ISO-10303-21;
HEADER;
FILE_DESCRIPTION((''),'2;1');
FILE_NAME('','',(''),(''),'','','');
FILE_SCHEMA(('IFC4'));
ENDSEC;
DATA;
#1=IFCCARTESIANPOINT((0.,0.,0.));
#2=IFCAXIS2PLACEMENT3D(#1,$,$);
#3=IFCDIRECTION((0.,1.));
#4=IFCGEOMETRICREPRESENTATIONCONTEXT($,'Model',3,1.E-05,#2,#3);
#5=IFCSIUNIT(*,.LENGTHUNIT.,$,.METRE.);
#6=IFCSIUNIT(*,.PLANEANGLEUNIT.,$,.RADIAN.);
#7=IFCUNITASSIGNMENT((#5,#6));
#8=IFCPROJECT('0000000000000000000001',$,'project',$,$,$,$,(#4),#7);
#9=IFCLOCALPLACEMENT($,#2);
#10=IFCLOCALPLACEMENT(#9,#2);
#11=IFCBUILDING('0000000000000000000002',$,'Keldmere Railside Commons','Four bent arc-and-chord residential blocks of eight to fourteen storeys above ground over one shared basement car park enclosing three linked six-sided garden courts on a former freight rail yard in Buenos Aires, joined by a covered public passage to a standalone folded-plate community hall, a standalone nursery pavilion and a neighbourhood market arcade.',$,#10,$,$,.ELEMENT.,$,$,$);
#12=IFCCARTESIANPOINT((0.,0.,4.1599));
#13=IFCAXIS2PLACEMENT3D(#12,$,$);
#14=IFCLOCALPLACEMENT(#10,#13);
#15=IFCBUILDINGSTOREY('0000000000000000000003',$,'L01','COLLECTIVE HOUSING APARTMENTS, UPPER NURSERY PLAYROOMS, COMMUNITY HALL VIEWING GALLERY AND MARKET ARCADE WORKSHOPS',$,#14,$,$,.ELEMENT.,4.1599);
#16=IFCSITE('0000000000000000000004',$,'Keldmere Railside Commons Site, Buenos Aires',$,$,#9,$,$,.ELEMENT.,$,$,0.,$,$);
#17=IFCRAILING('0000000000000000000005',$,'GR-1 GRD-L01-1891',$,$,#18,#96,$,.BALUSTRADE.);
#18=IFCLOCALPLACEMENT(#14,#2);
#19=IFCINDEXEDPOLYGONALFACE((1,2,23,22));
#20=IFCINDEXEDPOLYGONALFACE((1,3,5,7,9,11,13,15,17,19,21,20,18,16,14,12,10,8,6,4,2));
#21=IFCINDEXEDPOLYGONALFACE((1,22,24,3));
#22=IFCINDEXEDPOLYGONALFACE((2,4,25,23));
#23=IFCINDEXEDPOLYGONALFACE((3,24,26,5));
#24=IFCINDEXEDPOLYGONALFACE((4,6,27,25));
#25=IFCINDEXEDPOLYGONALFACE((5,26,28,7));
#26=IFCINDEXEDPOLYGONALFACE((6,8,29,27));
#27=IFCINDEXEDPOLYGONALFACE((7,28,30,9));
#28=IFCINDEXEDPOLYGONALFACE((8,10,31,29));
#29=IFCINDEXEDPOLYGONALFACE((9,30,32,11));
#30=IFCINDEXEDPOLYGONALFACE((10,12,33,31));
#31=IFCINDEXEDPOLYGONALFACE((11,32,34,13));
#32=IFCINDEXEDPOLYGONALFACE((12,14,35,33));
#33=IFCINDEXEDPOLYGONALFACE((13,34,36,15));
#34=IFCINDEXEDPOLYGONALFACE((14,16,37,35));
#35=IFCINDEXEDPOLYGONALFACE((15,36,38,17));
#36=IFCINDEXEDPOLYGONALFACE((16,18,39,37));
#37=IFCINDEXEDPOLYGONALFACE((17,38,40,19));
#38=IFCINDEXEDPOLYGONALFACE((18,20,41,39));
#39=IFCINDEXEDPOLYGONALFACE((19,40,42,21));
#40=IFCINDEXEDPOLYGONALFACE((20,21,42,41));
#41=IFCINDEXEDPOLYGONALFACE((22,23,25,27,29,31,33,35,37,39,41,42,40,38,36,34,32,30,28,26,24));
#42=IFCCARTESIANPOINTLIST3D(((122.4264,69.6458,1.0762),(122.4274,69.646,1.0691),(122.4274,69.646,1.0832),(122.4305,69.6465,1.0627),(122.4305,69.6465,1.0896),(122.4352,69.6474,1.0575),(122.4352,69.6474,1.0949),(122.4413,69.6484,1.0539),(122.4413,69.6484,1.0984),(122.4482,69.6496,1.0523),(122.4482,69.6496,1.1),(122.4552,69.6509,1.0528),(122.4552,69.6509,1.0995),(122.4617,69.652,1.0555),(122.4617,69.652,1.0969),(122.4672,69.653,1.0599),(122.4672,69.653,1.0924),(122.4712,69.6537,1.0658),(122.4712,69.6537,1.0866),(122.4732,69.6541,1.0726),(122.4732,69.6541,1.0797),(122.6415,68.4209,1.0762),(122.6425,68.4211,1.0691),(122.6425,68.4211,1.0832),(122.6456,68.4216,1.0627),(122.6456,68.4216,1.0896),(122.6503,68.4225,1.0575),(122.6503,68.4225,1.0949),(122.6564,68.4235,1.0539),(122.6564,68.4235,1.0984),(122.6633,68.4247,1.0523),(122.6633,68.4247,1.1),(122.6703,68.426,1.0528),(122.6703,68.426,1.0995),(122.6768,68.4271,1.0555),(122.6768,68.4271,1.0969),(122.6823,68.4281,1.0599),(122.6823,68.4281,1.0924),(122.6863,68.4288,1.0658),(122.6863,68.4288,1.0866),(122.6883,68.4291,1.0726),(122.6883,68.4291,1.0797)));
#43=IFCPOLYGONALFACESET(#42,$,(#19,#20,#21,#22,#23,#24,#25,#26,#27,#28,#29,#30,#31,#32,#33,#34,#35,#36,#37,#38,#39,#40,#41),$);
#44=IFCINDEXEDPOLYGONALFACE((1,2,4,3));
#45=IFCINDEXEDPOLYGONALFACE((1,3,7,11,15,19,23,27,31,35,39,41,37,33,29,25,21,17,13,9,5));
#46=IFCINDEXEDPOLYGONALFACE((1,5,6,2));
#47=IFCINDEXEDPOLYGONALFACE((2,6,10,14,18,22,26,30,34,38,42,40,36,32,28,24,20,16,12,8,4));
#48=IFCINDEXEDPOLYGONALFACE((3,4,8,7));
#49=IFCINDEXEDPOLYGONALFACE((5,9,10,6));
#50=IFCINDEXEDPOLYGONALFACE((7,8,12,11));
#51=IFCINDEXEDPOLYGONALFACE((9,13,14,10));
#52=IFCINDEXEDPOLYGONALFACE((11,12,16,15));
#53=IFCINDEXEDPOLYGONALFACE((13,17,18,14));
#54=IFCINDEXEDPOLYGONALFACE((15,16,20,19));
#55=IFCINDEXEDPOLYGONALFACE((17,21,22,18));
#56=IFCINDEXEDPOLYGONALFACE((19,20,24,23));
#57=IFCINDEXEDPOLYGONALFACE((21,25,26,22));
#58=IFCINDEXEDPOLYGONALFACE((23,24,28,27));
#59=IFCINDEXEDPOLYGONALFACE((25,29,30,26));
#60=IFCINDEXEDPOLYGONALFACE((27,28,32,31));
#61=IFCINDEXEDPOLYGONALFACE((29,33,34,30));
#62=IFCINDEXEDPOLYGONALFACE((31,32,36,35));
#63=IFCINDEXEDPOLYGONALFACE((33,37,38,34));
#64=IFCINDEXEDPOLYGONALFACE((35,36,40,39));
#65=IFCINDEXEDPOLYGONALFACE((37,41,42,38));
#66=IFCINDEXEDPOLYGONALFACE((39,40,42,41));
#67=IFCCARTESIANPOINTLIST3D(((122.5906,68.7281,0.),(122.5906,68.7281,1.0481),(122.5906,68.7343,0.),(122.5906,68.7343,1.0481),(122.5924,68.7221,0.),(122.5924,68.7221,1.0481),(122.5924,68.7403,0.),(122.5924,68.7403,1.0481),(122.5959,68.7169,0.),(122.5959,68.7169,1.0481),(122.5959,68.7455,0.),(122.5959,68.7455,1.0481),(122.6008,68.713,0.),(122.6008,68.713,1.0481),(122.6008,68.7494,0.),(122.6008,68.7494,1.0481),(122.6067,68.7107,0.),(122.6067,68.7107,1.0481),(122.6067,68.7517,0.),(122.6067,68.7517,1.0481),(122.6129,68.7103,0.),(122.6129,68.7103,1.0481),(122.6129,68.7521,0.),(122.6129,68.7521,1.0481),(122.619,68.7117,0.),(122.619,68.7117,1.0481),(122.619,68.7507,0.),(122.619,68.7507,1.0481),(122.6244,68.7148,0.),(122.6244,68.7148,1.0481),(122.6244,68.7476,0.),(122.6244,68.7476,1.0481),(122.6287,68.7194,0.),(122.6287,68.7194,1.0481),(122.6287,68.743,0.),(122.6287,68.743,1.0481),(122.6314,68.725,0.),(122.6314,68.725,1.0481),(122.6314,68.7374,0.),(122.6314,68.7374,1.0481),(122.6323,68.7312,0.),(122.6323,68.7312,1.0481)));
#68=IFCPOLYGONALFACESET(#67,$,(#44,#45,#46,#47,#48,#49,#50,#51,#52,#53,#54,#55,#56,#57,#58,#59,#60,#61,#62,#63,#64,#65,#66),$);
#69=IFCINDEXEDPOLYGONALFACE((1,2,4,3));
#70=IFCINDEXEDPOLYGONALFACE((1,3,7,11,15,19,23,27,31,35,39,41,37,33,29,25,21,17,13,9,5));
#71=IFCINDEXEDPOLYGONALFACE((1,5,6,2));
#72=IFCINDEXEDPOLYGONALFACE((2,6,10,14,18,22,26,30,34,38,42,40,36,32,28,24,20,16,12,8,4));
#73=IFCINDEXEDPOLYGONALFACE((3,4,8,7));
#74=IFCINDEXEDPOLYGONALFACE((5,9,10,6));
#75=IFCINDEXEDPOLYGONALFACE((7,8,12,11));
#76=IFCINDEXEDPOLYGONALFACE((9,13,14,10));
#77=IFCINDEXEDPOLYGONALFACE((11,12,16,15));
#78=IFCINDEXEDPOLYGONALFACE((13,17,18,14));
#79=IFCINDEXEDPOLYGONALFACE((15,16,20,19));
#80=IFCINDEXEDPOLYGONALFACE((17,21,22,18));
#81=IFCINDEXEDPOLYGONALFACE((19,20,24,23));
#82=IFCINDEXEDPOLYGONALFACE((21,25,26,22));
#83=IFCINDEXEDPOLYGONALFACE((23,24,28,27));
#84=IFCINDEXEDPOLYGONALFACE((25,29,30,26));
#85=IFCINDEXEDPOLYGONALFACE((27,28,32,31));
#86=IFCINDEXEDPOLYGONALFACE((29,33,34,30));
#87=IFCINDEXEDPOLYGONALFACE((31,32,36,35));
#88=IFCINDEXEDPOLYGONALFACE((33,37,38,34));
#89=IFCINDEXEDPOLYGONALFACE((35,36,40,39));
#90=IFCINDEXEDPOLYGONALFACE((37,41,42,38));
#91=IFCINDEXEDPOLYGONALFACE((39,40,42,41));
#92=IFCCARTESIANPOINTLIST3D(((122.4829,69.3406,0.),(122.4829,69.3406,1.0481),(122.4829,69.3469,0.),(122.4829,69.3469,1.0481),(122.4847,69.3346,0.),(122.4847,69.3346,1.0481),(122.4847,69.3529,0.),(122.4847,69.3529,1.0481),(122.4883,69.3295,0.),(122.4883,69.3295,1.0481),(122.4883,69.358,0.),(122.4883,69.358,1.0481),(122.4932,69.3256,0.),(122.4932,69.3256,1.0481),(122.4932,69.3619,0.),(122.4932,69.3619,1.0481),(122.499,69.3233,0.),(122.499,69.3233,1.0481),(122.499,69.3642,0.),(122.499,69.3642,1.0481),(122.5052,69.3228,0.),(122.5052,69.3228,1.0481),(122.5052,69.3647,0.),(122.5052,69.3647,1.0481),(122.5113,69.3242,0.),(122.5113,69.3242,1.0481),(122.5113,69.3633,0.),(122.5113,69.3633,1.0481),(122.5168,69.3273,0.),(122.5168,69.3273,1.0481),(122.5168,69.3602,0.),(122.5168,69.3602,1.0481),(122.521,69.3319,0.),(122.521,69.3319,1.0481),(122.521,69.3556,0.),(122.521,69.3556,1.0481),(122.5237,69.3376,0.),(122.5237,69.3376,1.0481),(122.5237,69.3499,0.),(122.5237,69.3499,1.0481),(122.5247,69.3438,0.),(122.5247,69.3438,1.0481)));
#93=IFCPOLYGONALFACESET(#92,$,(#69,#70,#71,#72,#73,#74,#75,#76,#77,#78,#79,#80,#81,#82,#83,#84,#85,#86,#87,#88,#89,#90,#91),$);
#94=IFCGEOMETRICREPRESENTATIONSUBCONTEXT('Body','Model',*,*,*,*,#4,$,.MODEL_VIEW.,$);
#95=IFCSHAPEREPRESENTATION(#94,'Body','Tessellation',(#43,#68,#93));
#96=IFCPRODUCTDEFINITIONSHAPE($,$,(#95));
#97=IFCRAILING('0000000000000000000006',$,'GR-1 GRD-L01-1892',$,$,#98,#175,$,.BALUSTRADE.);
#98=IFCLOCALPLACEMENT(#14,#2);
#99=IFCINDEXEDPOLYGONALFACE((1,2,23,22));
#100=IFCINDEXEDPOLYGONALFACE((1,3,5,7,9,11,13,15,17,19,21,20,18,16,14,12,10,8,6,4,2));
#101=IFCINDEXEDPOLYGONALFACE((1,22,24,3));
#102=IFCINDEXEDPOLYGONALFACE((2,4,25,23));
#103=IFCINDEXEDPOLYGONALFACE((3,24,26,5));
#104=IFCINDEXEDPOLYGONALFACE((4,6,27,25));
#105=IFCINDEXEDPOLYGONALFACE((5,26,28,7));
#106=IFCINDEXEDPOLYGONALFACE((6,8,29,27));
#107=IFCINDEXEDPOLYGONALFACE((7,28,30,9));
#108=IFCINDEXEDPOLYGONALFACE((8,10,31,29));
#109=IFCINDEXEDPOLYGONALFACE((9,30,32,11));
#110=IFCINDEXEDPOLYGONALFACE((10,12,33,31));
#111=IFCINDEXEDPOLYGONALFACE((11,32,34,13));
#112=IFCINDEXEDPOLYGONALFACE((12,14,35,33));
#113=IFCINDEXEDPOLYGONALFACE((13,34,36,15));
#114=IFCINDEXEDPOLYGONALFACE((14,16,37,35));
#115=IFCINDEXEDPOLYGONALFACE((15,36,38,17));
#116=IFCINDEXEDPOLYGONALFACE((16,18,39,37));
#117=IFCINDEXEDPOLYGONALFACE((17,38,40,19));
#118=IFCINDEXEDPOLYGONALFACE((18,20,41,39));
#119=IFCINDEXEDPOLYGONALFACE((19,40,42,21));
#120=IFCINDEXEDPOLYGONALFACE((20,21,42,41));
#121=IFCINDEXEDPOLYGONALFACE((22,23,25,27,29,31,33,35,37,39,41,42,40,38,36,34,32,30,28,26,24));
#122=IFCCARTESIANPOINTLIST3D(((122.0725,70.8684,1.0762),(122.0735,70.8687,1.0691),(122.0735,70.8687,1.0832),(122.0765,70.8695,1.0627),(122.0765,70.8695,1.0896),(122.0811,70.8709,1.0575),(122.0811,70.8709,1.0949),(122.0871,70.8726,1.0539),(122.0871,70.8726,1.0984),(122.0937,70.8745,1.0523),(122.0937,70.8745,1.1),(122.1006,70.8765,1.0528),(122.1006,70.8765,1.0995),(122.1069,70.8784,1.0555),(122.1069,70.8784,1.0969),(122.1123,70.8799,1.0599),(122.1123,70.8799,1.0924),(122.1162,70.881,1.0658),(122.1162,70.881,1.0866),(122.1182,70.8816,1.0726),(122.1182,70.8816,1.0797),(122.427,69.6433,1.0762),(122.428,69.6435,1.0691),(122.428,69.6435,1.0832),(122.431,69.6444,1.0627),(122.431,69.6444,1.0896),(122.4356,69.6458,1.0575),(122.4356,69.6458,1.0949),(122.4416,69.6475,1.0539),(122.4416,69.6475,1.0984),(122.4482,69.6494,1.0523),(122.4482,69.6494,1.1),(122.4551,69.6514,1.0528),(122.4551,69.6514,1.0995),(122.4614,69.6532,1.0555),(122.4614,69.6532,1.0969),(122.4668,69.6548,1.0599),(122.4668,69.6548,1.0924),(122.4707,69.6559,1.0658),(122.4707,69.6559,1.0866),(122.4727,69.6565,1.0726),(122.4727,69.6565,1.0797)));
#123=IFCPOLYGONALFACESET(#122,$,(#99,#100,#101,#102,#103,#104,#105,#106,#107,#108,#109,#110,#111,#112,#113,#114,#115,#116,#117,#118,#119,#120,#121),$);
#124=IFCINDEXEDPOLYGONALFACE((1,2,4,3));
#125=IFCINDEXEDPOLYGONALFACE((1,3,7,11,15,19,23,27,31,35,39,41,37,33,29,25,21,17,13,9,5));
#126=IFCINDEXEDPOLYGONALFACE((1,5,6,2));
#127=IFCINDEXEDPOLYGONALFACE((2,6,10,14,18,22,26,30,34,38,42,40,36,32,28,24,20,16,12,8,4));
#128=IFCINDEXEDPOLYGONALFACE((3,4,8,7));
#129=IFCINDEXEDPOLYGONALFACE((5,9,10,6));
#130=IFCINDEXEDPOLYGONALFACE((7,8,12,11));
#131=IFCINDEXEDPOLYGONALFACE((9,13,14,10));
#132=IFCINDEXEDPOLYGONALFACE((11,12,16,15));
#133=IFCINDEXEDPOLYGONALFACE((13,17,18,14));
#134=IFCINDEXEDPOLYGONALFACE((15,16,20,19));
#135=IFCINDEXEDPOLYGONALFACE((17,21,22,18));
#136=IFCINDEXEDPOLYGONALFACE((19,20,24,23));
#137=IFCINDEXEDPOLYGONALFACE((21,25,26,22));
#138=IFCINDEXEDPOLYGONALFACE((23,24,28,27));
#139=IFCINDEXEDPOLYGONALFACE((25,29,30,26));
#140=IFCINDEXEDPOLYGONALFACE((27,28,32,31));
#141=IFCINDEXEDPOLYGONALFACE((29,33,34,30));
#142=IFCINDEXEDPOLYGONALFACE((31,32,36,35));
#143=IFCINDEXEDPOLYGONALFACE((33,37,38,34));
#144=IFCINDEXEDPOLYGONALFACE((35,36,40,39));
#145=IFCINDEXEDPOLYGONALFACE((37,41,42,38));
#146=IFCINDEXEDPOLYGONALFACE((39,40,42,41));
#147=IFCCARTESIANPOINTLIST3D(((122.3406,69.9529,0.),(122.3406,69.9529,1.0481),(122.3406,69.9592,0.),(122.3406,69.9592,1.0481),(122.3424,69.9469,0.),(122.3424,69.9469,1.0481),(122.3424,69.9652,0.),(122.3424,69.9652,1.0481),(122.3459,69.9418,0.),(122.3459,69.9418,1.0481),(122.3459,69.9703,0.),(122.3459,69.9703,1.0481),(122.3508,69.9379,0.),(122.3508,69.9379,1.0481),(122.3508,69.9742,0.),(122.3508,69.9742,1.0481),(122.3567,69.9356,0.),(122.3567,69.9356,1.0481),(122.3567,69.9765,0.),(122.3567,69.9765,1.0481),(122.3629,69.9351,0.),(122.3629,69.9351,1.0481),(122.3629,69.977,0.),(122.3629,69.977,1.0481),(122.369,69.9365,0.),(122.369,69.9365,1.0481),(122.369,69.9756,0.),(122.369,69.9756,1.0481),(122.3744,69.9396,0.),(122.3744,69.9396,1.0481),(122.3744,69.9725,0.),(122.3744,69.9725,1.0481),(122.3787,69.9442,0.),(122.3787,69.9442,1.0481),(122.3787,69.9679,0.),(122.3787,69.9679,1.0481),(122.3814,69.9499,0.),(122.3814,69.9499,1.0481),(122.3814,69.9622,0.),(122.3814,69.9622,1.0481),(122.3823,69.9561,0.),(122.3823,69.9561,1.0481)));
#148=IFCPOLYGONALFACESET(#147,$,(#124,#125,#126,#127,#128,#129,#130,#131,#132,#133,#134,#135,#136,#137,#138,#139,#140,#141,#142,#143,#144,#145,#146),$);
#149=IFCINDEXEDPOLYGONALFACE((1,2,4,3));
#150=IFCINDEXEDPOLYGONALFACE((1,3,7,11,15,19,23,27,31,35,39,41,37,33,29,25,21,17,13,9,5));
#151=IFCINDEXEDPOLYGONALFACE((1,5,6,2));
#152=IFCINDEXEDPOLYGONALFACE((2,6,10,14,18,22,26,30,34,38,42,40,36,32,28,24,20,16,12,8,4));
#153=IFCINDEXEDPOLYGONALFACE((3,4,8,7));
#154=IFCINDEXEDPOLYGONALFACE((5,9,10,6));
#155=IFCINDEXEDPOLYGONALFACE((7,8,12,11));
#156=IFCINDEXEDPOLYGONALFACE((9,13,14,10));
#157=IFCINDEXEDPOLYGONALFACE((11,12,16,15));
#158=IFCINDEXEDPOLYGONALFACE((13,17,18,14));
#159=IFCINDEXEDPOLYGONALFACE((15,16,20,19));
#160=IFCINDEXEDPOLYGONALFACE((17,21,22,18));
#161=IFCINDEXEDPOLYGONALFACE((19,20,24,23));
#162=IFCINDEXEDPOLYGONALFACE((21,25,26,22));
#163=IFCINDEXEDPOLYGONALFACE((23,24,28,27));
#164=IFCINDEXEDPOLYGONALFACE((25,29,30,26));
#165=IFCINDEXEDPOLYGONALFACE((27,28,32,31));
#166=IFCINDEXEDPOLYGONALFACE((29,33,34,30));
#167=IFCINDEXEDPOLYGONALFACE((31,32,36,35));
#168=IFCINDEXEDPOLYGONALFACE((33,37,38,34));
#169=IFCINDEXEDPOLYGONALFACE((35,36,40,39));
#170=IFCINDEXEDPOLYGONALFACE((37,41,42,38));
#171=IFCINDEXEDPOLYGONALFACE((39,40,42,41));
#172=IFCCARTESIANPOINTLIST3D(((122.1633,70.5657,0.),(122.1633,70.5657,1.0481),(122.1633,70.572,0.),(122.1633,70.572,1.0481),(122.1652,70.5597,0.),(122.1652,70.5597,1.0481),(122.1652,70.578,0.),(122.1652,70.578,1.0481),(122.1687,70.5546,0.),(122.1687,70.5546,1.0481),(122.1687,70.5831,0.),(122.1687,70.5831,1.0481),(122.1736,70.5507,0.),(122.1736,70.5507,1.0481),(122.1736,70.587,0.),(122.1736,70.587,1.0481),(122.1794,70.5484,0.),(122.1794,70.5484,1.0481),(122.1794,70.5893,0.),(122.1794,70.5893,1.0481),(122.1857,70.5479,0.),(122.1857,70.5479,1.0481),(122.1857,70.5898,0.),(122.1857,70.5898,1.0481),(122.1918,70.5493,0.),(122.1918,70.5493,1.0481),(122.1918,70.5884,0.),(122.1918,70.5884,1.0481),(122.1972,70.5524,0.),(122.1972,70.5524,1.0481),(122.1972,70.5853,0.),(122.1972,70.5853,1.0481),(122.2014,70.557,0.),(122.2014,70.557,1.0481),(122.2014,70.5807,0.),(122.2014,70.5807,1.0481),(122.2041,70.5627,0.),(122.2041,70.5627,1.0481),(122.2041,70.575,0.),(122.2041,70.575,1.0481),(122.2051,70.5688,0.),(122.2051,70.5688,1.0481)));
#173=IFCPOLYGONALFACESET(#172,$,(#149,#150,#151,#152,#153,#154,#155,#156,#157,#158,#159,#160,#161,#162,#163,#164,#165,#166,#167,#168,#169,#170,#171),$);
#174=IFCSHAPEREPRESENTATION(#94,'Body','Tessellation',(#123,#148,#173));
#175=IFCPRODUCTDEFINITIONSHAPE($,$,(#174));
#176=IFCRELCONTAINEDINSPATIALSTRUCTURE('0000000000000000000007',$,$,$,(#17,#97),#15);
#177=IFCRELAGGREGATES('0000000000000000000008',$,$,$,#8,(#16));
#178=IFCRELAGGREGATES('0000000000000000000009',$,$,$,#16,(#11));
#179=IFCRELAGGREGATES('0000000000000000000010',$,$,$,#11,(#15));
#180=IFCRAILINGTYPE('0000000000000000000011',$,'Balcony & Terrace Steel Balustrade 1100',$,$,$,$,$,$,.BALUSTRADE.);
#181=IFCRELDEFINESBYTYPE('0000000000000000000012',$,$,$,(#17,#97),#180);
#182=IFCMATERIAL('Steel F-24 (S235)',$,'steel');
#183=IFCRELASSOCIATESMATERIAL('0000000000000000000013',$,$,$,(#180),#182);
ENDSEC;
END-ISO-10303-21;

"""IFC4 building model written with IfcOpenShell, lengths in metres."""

from ifc_helpers import new_model, si_unit, direction, frame, origin, origin_2d, place, context, subcontext, project, spatial, circle, extrude, material, type_object, element, save


model = new_model("IFC4")

# Units and contexts
model_context = context("Model", 3, precision=1e-05, world=origin(), true_north=direction((0.0, 1.0)))
body_context = subcontext(model_context, "Body", "Model", "MODEL_VIEW")
ifc_project = project(units=[si_unit("LENGTHUNIT", "METRE"), si_unit("PLANEANGLEUNIT", "RADIAN")], contexts=[model_context])

# Site, building, storey
site_placement = place(None, origin())
site = spatial("IfcSite", under=ifc_project, at=site_placement, Name="Keldmere Railside Commons Site, Buenos Aires", CompositionType="ELEMENT", RefElevation=0.0)
building_placement = place(site_placement, origin())
building = spatial("IfcBuilding", under=site, at=building_placement, Name="Keldmere Railside Commons", Description="Four bent arc-and-chord residential blocks of eight to fourteen storeys above ground over one shared basement car park enclosing three linked six-sided garden courts on a former freight rail yard in Buenos Aires, joined by a covered public passage to a standalone folded-plate community hall, a standalone nursery pavilion and a neighbourhood market arcade.", CompositionType="ELEMENT")
storey_placement = place(building_placement, frame((0.0, 0.0, 4.1599)))
storey = spatial("IfcBuildingStorey", under=building, at=storey_placement, Name="L01", Description="COLLECTIVE HOUSING APARTMENTS, UPPER NURSERY PLAYROOMS, COMMUNITY HALL VIEWING GALLERY AND MARKET ARCADE WORKSHOPS", CompositionType="ELEMENT", Elevation=4.1599)

# Railings
ifc_material_1 = material(Name="Steel F-24 (S235)", Category="steel")
railing_type = type_object("IfcRailingType", Name="Balcony & Terrace Steel Balustrade 1100", PredefinedType="BALUSTRADE", material=ifc_material_1)
railing_1_placement = place(storey_placement, frame((122.665, 68.425, 0.0)))
element("IfcRailing", 1, at=railing_1_placement, inside=storey, type_object=railing_type, Name="GR-1 GRD-L01-1891", PredefinedType="BALUSTRADE", context=body_context, shape_type="SweptSolid", body=[
    extrude(circle(Radius=0.0239, at=origin_2d()), frame((0.0, 0.0, 1.0762), z_axis=(-0.172957, 0.984929, 0.0), x_axis=(-0.984929, -0.172957, 0.0)), (0.0, 0.0, 1.0), 1.2437),
    extrude(circle(Radius=0.021, at=origin_2d()), frame((-0.0537, 0.3062, 0.0)), (0.0, 0.0, 1.0), 1.0481),
    extrude(circle(Radius=0.021, at=origin_2d()), frame((-0.1614, 0.9187, 0.0)), (0.0, 0.0, 1.0), 1.0481),
])
railing_2_placement = place(storey_placement, frame((122.45, 69.6499, 0.0)))
element("IfcRailing", 2, at=railing_2_placement, inside=storey, type_object=railing_type, Name="GR-1 GRD-L01-1892", PredefinedType="BALUSTRADE", context=body_context, shape_type="SweptSolid", body=[
    extrude(circle(Radius=0.0239, at=origin_2d()), frame((0.0, 0.0, 1.0762), z_axis=(-0.277956, 0.960594, 0.0), x_axis=(-0.960594, -0.277956, 0.0)), (0.0, 0.0, 1.0), 1.2754),
    extrude(circle(Radius=0.021, at=origin_2d()), frame((-0.0886, 0.3062, 0.0)), (0.0, 0.0, 1.0), 1.0481),
    extrude(circle(Radius=0.021, at=origin_2d()), frame((-0.2659, 0.9189, 0.0)), (0.0, 0.0, 1.0), 1.0481),
])

save(model, "model.ifc")
